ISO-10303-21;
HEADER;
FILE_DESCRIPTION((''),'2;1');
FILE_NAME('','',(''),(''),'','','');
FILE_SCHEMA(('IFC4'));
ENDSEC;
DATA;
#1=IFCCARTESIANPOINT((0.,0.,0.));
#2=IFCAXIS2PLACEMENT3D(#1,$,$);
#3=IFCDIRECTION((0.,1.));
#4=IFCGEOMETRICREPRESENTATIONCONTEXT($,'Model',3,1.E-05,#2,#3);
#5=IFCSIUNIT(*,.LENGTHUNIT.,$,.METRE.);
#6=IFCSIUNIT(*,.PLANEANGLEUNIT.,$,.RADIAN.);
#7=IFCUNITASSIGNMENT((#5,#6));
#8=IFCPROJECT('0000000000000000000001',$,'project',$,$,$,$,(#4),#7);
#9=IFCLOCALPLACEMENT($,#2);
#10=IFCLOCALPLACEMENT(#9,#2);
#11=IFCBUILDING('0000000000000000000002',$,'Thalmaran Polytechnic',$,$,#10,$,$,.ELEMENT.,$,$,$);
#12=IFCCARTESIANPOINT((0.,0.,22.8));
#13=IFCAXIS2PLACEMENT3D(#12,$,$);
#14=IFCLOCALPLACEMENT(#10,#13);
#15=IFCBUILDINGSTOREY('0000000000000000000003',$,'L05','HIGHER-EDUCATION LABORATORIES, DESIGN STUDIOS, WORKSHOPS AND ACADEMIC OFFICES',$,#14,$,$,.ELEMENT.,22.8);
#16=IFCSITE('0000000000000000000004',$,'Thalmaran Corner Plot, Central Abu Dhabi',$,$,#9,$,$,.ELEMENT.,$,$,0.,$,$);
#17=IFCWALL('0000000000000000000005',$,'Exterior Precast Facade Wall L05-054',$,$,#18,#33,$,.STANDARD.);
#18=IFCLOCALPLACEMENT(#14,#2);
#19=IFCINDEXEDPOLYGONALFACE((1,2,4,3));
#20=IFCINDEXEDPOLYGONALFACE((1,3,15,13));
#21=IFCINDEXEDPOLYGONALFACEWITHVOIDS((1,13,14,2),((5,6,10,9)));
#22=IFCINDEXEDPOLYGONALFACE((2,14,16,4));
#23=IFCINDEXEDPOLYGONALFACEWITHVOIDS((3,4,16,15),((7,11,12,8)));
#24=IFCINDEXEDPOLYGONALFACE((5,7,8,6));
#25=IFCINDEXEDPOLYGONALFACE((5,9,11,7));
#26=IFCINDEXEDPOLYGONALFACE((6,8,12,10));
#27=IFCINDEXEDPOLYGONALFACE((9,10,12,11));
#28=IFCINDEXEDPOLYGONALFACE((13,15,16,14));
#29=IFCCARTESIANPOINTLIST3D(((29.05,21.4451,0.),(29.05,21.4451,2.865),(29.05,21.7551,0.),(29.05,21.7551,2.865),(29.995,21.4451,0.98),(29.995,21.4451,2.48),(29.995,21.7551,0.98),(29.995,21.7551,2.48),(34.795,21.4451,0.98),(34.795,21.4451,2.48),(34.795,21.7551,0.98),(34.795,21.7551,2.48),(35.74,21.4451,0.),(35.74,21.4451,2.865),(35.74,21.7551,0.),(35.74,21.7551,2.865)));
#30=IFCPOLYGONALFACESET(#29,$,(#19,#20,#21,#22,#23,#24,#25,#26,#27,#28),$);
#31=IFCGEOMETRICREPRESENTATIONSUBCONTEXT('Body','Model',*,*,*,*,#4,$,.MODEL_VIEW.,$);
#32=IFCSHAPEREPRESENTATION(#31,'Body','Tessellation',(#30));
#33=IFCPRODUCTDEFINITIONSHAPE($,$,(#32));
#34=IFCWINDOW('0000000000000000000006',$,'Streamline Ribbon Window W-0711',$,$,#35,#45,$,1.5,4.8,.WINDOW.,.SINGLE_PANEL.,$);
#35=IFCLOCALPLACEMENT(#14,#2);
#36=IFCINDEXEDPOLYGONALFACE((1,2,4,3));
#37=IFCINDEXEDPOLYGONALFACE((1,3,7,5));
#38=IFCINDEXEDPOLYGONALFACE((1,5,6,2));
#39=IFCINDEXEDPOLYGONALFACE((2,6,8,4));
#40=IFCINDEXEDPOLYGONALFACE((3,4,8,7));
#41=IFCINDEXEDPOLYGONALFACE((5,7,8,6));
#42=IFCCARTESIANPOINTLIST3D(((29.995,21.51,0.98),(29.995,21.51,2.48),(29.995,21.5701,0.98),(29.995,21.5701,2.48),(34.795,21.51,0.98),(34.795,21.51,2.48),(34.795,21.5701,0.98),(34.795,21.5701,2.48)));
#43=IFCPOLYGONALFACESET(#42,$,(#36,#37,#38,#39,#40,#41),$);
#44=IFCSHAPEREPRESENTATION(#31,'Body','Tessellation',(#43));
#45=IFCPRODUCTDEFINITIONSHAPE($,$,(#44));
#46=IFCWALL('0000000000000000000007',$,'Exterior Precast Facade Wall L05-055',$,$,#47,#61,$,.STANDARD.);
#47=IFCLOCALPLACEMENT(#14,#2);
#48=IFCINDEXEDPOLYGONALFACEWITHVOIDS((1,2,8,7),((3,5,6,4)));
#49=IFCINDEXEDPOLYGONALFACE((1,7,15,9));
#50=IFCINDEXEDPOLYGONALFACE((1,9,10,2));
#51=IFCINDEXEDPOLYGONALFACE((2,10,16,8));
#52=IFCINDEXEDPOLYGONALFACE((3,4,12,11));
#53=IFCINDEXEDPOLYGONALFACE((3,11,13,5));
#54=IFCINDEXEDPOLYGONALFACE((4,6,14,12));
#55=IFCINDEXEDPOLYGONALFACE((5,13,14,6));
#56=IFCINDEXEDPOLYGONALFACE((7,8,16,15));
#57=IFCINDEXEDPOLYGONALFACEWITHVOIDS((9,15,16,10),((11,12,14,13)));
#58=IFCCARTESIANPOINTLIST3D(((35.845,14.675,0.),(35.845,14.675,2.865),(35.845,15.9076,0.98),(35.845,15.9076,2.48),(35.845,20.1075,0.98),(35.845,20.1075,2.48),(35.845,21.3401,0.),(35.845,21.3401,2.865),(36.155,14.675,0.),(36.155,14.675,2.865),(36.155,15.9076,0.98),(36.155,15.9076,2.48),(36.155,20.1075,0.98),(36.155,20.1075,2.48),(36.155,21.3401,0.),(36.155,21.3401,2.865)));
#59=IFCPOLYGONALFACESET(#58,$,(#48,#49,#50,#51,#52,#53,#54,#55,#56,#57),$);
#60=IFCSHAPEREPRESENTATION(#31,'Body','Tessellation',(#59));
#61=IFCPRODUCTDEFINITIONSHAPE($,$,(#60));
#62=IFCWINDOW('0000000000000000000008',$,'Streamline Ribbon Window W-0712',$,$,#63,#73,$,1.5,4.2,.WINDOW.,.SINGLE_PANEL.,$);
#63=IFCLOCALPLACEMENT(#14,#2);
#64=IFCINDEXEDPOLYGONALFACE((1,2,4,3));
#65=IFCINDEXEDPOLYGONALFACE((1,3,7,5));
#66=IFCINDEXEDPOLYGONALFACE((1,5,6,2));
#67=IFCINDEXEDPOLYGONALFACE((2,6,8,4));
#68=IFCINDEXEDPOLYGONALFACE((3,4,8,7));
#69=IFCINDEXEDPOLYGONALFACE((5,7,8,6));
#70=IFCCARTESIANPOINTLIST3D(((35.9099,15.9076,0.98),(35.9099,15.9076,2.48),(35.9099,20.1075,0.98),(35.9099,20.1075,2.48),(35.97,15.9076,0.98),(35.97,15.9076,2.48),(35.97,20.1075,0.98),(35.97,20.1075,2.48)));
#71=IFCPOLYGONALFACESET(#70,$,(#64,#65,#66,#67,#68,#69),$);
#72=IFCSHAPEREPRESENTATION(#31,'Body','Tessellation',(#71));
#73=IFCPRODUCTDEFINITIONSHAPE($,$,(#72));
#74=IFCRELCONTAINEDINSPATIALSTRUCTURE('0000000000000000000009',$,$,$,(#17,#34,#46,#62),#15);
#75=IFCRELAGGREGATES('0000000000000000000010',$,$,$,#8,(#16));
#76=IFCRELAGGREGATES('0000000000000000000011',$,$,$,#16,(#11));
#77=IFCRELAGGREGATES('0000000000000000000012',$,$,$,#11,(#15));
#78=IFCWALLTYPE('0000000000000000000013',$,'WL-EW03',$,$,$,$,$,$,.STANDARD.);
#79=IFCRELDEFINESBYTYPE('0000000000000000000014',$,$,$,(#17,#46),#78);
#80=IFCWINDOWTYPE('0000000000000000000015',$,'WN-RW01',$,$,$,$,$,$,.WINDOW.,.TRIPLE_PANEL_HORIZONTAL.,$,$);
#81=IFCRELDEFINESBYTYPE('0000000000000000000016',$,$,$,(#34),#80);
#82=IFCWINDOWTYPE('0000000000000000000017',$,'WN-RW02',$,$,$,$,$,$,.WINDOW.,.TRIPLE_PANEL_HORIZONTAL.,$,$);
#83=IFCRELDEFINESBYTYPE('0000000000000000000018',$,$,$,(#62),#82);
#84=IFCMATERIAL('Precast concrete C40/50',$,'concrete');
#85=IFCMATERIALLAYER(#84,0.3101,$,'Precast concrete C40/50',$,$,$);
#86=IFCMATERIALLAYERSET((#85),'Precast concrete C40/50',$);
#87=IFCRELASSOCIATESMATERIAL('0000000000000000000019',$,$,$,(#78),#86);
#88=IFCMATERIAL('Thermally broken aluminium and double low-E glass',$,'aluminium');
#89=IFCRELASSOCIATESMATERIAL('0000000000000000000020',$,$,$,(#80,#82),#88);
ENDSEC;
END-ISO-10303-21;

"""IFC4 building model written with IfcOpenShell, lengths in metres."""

from ifc_helpers import new_model, si_unit, direction, frame, frame_2d, origin, place, context, subcontext, project, spatial, rectangle, extrude, material, layer, layer_set, type_object, element, fill, save


model = new_model("IFC4")

# Units and contexts
model_context = context("Model", 3, precision=1e-05, world=origin(), true_north=direction((0.0, 1.0)))
body_context = subcontext(model_context, "Body", "Model", "MODEL_VIEW")
ifc_project = project(units=[si_unit("LENGTHUNIT", "METRE"), si_unit("PLANEANGLEUNIT", "RADIAN")], contexts=[model_context])

# Site, building, storey
site_placement = place(None, origin())
site = spatial("IfcSite", under=ifc_project, at=site_placement, Name="Thalmaran Corner Plot, Central Abu Dhabi", CompositionType="ELEMENT", RefElevation=0.0)
building_placement = place(site_placement, origin())
building = spatial("IfcBuilding", under=site, at=building_placement, Name="Thalmaran Polytechnic", CompositionType="ELEMENT")
storey_placement = place(building_placement, frame((0.0, 0.0, 22.8)))
storey = spatial("IfcBuildingStorey", under=building, at=storey_placement, Name="L05", Description="HIGHER-EDUCATION LABORATORIES, DESIGN STUDIOS, WORKSHOPS AND ACADEMIC OFFICES", CompositionType="ELEMENT", Elevation=22.8)

# Shared definitions
ifc_material_1 = material(Name="Precast concrete C40/50", Category="concrete")

# Walls, openings, windows
ifc_layer_1 = layer(ifc_material_1, 0.3101, Name="Precast concrete C40/50")
ifc_layer_set_1 = layer_set([ifc_layer_1], Name="Precast concrete C40/50")
wall_type_1 = type_object("IfcWallType", Name="WL-EW03", PredefinedType="STANDARD", material=ifc_layer_set_1)
ifc_material_2 = material(Name="Thermally broken aluminium and double low-E glass", Category="aluminium")
wall_1_placement = place(storey_placement, frame((29.05, 21.6001, 0.0), z_axis=(0.0, 0.0, 1.0), x_axis=(1.0, 0.0, 0.0)))
wall_1 = element("IfcWall", 1, at=wall_1_placement, inside=storey, type_object=wall_type_1, Name="Exterior Precast Facade Wall L05-054", PredefinedType="STANDARD", context=body_context, shape_type="SweptSolid", body=[
    extrude(rectangle(XDim=6.6899, YDim=0.3101, at=frame_2d((3.345, 0.0))), origin(), (0.0, 0.0, 1.0), 2.865),
])
opening_1_placement = place(wall_1_placement, frame((0.9451, 0.0, 0.98)))
opening_1 = element("IfcOpeningElement", 2, at=opening_1_placement, cuts=wall_1, PredefinedType="OPENING", context=body_context, shape_type="SweptSolid", body=[
    extrude(rectangle(XDim=4.8, YDim=1.5, at=frame_2d((2.3999, 0.75))), frame((0.0, 0.165, 0.0), z_axis=(0.0, -1.0, 0.0), x_axis=(1.0, 0.0, 0.0)), (0.0, 0.0, 1.0), 0.3301),
])
window_type_1 = type_object("IfcWindowType", Name="WN-RW01", PartitioningType="TRIPLE_PANEL_HORIZONTAL", PredefinedType="WINDOW", material=ifc_material_2)
window_1_placement = place(opening_1_placement, origin())
window_1 = element("IfcWindow", 3, at=window_1_placement, inside=storey, type_object=window_type_1, Name="Streamline Ribbon Window W-0711", OverallHeight=1.5, OverallWidth=4.8, PartitioningType="SINGLE_PANEL", PredefinedType="WINDOW", context=body_context, shape_type="SweptSolid", body=[
    extrude(rectangle(XDim=4.8, YDim=1.5, at=frame_2d((2.3999, 0.75))), frame((0.0, -0.03, 0.0), z_axis=(0.0, -1.0, 0.0), x_axis=(1.0, 0.0, 0.0)), (0.0, 0.0, 1.0), 0.0601),
])
fill(opening_1, window_1)
wall_2_placement = place(storey_placement, frame((36.0, 21.3401, 0.0), z_axis=(0.0, 0.0, 1.0), x_axis=(0.0, -1.0, 0.0)))
wall_2 = element("IfcWall", 4, at=wall_2_placement, inside=storey, type_object=wall_type_1, Name="Exterior Precast Facade Wall L05-055", PredefinedType="STANDARD", context=body_context, shape_type="SweptSolid", body=[
    extrude(rectangle(XDim=6.665, YDim=0.3101, at=frame_2d((3.3325, 0.0))), origin(), (0.0, 0.0, 1.0), 2.865),
])
opening_2_placement = place(wall_2_placement, frame((1.2324, 0.0, 0.98)))
opening_2 = element("IfcOpeningElement", 5, at=opening_2_placement, cuts=wall_2, PredefinedType="OPENING", context=body_context, shape_type="SweptSolid", body=[
    extrude(rectangle(XDim=4.2, YDim=1.5, at=frame_2d((2.1001, 0.75))), frame((0.0, 0.165, 0.0), z_axis=(0.0, -1.0, 0.0), x_axis=(1.0, 0.0, 0.0)), (0.0, 0.0, 1.0), 0.3301),
])
window_type_2 = type_object("IfcWindowType", Name="WN-RW02", PartitioningType="TRIPLE_PANEL_HORIZONTAL", PredefinedType="WINDOW", material=ifc_material_2)
window_2_placement = place(opening_2_placement, origin())
window_2 = element("IfcWindow", 6, at=window_2_placement, inside=storey, type_object=window_type_2, Name="Streamline Ribbon Window W-0712", OverallHeight=1.5, OverallWidth=4.2, PartitioningType="SINGLE_PANEL", PredefinedType="WINDOW", context=body_context, shape_type="SweptSolid", body=[
    extrude(rectangle(XDim=4.2, YDim=1.5, at=frame_2d((2.1001, 0.75))), frame((0.0, -0.03, 0.0), z_axis=(0.0, -1.0, 0.0), x_axis=(1.0, 0.0, 0.0)), (0.0, 0.0, 1.0), 0.0601),
])
fill(opening_2, window_2)

save(model, "model.ifc")
